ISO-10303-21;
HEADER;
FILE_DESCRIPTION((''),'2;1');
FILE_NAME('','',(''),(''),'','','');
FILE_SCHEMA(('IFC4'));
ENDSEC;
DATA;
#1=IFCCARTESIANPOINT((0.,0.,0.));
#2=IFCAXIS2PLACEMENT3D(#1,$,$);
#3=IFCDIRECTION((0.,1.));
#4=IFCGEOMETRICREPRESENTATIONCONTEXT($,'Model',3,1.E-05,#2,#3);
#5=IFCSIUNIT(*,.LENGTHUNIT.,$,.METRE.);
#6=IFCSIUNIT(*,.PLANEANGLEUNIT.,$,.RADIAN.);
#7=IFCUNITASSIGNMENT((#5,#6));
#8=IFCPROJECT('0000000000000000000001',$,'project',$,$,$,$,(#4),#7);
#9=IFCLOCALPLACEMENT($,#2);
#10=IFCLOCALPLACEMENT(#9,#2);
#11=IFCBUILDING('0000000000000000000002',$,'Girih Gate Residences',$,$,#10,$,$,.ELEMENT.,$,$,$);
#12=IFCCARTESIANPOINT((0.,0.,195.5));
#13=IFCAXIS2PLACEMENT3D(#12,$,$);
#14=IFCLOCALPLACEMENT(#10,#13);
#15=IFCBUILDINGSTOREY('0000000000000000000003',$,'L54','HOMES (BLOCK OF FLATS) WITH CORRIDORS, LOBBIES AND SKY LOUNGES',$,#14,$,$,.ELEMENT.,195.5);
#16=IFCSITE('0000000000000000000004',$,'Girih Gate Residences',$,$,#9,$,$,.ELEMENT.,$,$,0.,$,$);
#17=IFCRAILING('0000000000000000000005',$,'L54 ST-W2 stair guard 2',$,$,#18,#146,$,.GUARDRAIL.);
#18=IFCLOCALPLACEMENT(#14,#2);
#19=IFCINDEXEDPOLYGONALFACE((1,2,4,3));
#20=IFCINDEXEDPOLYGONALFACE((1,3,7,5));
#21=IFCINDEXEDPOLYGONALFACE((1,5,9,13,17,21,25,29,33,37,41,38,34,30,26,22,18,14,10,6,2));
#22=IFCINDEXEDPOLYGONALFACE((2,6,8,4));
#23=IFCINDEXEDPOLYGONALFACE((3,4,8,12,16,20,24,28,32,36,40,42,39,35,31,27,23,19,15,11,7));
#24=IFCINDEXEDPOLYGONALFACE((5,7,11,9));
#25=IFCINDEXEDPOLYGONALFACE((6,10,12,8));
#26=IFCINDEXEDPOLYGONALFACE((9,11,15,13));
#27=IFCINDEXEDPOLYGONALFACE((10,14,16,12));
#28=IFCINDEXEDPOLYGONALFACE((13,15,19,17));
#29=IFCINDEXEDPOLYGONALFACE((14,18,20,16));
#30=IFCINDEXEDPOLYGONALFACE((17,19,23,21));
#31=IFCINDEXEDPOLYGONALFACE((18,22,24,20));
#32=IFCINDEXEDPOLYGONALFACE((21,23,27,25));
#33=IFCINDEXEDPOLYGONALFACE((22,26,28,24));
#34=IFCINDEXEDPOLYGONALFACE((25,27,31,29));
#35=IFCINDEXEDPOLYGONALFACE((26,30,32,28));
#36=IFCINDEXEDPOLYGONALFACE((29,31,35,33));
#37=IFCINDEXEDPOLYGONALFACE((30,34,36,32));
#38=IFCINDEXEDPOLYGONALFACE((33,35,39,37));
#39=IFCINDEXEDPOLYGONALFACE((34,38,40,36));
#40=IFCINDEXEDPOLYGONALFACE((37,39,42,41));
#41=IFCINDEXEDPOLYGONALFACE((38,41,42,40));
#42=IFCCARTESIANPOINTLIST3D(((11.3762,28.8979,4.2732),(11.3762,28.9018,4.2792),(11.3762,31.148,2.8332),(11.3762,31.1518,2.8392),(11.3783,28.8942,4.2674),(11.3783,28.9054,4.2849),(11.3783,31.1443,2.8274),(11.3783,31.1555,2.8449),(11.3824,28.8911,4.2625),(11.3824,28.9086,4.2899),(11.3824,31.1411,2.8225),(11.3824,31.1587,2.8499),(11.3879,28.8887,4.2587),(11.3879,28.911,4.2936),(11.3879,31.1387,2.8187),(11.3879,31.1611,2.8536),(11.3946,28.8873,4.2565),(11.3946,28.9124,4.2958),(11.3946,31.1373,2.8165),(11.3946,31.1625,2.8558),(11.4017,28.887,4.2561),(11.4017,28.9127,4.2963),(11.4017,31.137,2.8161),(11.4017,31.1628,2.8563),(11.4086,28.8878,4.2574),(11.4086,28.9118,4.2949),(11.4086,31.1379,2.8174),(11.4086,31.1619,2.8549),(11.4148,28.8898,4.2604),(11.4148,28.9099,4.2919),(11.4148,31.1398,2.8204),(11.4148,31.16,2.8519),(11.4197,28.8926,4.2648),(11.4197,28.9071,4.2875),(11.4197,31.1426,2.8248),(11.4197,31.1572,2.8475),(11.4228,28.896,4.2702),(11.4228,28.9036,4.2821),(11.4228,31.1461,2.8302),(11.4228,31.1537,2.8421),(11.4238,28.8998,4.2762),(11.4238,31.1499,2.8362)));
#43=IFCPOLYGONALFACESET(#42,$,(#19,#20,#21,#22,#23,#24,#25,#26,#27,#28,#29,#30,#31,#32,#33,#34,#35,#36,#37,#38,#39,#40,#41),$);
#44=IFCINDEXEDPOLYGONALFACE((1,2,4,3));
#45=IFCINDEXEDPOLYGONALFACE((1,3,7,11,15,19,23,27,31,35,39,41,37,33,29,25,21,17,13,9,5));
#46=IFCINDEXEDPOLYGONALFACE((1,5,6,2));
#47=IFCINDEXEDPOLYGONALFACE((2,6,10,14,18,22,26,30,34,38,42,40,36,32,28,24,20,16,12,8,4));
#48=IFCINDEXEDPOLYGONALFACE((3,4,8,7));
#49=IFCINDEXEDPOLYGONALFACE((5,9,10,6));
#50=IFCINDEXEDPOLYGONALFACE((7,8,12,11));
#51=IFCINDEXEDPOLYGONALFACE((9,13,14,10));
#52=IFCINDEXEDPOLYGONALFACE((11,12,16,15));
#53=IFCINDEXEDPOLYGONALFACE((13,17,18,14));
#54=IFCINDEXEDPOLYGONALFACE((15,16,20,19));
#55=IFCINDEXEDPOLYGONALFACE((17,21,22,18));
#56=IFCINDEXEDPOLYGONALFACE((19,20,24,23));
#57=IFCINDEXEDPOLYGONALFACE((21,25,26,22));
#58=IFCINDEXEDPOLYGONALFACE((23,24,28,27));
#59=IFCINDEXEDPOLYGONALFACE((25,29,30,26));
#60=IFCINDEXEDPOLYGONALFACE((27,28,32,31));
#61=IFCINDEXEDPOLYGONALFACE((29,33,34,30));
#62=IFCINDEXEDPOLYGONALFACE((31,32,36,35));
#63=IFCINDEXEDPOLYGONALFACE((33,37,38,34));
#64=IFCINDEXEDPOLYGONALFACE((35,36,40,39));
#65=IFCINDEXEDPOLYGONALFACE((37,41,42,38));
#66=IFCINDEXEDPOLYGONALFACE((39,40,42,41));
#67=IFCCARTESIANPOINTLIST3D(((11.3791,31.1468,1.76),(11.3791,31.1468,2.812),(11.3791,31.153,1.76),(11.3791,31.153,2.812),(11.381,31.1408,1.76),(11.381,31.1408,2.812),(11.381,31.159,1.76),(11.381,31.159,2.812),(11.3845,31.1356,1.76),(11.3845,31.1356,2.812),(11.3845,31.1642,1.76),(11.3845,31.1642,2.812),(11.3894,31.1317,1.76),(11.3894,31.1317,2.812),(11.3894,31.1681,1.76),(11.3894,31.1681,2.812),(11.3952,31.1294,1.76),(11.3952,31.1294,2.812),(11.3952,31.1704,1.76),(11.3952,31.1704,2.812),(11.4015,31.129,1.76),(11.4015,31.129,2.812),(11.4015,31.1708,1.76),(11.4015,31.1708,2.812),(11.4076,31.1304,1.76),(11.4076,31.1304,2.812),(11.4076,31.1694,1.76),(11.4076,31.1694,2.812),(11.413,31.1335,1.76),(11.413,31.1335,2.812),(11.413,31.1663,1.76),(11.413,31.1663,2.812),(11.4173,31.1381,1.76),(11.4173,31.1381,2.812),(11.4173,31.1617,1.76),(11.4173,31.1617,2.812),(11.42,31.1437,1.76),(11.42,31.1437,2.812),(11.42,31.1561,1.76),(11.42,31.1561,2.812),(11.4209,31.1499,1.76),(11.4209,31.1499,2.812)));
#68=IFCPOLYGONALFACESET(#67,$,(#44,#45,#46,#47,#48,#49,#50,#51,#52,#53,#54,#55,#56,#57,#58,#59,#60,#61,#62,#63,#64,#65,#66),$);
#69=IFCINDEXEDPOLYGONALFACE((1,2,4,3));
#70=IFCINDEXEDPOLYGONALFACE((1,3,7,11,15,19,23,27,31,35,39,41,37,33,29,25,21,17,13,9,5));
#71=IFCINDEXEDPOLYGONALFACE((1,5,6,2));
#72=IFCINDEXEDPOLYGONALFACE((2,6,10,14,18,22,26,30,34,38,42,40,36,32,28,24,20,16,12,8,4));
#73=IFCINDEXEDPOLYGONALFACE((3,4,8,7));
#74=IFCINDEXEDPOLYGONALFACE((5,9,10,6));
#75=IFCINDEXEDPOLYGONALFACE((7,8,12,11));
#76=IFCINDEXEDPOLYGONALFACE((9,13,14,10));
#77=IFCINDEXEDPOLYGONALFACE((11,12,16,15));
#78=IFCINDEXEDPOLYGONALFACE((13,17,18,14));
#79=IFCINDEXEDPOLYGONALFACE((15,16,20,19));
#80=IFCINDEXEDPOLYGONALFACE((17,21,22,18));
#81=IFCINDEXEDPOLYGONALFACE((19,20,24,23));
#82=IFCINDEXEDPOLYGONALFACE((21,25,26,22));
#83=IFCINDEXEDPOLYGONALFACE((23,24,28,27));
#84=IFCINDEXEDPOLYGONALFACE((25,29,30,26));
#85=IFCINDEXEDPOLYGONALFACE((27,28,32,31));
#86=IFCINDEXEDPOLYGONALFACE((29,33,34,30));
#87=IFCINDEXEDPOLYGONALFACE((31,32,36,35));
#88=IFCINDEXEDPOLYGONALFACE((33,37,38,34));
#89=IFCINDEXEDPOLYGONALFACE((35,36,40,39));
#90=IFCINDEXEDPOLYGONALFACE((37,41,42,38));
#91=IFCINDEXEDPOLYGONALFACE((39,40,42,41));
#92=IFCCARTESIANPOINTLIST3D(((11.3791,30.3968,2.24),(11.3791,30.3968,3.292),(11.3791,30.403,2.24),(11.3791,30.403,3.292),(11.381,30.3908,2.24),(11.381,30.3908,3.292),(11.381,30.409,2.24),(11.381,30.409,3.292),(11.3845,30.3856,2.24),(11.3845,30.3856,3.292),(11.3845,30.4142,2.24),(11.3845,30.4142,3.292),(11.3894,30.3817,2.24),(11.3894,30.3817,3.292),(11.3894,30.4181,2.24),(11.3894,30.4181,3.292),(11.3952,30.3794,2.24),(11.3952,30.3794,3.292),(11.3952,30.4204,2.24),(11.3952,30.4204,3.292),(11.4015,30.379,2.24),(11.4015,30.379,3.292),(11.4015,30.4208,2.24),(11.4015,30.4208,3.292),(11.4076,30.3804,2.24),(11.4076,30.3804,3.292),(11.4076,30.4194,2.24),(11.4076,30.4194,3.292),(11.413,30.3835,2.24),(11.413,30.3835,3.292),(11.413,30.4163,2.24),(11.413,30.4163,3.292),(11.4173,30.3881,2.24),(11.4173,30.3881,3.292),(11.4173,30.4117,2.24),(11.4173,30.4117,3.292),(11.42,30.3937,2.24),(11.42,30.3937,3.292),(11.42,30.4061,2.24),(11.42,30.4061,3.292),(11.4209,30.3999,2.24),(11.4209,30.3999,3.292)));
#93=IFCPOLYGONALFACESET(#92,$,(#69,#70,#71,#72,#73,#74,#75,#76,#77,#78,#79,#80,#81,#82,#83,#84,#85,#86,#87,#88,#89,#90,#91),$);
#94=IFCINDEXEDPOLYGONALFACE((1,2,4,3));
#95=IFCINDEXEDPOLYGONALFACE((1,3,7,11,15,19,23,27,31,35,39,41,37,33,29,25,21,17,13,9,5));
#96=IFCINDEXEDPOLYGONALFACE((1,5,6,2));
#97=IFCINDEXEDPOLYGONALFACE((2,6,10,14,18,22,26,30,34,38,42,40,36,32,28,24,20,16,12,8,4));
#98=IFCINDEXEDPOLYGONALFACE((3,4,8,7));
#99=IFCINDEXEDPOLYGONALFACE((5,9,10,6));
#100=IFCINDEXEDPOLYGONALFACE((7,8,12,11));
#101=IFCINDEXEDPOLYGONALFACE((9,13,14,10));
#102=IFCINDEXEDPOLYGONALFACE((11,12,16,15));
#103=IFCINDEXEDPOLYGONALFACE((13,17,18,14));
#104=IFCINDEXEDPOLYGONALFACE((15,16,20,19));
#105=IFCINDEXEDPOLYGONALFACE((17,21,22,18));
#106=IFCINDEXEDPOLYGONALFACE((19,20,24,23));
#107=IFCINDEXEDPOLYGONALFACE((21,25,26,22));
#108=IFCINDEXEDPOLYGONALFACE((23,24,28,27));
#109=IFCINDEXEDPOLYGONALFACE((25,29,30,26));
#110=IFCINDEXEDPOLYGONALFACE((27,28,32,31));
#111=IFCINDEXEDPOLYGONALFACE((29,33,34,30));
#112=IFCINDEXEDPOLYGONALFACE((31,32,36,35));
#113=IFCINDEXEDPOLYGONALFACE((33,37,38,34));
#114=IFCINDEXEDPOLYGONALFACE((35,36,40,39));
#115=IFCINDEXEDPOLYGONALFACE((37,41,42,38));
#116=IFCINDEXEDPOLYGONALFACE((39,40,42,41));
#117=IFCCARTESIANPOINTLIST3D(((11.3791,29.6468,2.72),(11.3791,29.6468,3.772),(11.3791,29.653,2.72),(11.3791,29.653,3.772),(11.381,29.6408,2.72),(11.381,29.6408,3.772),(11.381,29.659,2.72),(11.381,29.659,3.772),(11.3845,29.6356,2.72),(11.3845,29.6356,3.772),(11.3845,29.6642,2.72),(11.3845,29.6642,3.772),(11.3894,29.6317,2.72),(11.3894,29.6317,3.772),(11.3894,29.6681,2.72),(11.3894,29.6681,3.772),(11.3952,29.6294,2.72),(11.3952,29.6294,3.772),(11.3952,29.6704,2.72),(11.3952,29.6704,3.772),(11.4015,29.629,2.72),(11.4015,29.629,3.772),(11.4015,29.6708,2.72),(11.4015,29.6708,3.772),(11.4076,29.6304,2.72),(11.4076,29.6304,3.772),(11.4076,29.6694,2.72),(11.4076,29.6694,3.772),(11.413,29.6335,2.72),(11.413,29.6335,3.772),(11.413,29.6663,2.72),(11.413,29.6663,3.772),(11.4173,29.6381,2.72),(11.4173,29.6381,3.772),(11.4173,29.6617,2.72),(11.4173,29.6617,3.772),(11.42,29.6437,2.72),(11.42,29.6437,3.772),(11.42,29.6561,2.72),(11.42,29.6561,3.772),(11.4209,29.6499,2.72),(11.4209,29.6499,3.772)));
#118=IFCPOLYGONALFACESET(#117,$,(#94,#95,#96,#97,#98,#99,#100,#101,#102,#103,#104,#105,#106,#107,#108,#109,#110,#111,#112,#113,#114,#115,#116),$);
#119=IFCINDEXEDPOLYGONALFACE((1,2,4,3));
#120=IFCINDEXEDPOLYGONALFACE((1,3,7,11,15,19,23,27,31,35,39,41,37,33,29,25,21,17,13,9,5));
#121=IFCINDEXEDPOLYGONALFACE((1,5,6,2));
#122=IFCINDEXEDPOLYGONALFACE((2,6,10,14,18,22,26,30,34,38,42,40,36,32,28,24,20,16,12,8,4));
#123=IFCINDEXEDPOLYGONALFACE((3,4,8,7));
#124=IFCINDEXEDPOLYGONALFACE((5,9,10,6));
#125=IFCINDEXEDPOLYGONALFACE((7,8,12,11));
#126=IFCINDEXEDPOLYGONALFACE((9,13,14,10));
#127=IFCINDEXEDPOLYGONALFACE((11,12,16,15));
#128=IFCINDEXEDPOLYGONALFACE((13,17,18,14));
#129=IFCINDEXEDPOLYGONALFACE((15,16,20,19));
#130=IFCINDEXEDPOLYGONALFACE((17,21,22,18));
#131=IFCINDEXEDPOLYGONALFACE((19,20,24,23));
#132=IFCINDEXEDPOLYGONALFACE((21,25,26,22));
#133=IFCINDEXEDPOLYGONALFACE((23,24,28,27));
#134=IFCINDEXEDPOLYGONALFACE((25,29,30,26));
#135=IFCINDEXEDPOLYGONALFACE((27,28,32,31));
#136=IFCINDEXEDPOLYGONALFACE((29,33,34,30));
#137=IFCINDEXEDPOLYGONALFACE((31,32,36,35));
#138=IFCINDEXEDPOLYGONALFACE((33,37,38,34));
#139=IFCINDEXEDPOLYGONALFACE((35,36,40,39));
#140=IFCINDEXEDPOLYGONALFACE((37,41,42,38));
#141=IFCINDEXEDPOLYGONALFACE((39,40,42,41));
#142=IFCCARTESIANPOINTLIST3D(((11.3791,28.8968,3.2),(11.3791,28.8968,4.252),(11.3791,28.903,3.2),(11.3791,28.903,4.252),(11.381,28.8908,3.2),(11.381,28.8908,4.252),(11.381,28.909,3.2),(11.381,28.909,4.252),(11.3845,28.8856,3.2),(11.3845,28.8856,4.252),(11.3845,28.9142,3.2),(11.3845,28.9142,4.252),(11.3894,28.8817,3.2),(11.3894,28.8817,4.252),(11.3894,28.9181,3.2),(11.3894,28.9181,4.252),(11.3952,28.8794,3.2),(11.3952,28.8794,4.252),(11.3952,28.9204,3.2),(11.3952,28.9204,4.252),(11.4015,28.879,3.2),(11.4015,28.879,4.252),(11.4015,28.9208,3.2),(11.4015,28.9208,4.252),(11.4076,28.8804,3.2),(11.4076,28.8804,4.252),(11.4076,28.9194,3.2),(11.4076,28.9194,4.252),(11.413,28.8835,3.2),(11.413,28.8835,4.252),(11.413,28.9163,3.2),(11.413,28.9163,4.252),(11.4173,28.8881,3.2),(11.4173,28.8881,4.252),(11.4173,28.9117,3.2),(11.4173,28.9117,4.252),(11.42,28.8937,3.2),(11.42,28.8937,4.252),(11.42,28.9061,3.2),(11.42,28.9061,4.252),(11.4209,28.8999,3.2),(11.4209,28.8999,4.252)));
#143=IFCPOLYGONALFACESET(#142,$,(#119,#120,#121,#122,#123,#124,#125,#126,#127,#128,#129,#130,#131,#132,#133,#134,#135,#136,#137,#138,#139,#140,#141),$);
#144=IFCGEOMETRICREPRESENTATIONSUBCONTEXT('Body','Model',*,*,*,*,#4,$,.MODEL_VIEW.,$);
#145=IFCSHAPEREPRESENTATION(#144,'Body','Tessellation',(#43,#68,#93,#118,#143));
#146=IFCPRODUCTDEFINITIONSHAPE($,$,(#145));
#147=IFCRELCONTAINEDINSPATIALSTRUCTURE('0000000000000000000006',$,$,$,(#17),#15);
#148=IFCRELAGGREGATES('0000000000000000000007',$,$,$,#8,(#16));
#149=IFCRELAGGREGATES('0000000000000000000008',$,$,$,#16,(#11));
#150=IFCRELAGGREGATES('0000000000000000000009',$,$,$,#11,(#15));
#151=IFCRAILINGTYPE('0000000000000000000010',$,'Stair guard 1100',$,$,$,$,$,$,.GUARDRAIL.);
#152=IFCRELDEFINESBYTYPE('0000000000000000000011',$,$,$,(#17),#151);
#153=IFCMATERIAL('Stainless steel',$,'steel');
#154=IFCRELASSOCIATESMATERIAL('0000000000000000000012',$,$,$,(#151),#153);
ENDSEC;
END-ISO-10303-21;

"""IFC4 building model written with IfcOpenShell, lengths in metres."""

from ifc_helpers import new_model, si_unit, direction, frame, origin, origin_2d, place, context, subcontext, project, spatial, circle, extrude, material, type_object, element, save


model = new_model("IFC4")

# Units and contexts
model_context = context("Model", 3, precision=1e-05, world=origin(), true_north=direction((0.0, 1.0)))
body_context = subcontext(model_context, "Body", "Model", "MODEL_VIEW")
ifc_project = project(units=[si_unit("LENGTHUNIT", "METRE"), si_unit("PLANEANGLEUNIT", "RADIAN")], contexts=[model_context])

# Site, building, storey
site_placement = place(None, origin())
site = spatial("IfcSite", under=ifc_project, at=site_placement, Name="Girih Gate Residences", CompositionType="ELEMENT", RefElevation=0.0)
building_placement = place(site_placement, origin())
building = spatial("IfcBuilding", under=site, at=building_placement, Name="Girih Gate Residences", CompositionType="ELEMENT")
storey_placement = place(building_placement, frame((0.0, 0.0, 195.5)))
storey = spatial("IfcBuildingStorey", under=building, at=storey_placement, Name="L54", Description="HOMES (BLOCK OF FLATS) WITH CORRIDORS, LOBBIES AND SKY LOUNGES", CompositionType="ELEMENT", Elevation=195.5)

# Shared definitions
ifc_material_1 = material(Name="Stainless steel", Category="steel")

# Railing
railing_type_1 = type_object("IfcRailingType", Name="Stair guard 1100", PredefinedType="GUARDRAIL", material=ifc_material_1)
for number, where, name in (
    (1, (11.3999, 31.1499, 1.76), "L54 ST-W2 stair guard 2"),
):
    element("IfcRailing", number, at=place(storey_placement, frame(where)), inside=storey, type_object=railing_type_1, Name=name, PredefinedType="GUARDRAIL", context=body_context, shape_type="SweptSolid", body=[
        extrude(circle(Radius=0.0239, at=origin_2d()), frame((0.0, 0.0, 1.0762), z_axis=(0.0, -0.842281, 0.539038), x_axis=(1.0, 0.0, 0.0)), (0.0, 0.0, 1.0), 2.6714),
        extrude(circle(Radius=0.021, at=origin_2d()), origin(), (0.0, 0.0, 1.0), 1.052),
        extrude(circle(Radius=0.021, at=origin_2d()), frame((0.0, -0.75, 0.48)), (0.0, 0.0, 1.0), 1.052),
        extrude(circle(Radius=0.021, at=origin_2d()), frame((0.0, -1.5, 0.96)), (0.0, 0.0, 1.0), 1.052),
        extrude(circle(Radius=0.021, at=origin_2d()), frame((0.0, -2.25, 1.4399)), (0.0, 0.0, 1.0), 1.052),
    ])

save(model, "model.ifc")
